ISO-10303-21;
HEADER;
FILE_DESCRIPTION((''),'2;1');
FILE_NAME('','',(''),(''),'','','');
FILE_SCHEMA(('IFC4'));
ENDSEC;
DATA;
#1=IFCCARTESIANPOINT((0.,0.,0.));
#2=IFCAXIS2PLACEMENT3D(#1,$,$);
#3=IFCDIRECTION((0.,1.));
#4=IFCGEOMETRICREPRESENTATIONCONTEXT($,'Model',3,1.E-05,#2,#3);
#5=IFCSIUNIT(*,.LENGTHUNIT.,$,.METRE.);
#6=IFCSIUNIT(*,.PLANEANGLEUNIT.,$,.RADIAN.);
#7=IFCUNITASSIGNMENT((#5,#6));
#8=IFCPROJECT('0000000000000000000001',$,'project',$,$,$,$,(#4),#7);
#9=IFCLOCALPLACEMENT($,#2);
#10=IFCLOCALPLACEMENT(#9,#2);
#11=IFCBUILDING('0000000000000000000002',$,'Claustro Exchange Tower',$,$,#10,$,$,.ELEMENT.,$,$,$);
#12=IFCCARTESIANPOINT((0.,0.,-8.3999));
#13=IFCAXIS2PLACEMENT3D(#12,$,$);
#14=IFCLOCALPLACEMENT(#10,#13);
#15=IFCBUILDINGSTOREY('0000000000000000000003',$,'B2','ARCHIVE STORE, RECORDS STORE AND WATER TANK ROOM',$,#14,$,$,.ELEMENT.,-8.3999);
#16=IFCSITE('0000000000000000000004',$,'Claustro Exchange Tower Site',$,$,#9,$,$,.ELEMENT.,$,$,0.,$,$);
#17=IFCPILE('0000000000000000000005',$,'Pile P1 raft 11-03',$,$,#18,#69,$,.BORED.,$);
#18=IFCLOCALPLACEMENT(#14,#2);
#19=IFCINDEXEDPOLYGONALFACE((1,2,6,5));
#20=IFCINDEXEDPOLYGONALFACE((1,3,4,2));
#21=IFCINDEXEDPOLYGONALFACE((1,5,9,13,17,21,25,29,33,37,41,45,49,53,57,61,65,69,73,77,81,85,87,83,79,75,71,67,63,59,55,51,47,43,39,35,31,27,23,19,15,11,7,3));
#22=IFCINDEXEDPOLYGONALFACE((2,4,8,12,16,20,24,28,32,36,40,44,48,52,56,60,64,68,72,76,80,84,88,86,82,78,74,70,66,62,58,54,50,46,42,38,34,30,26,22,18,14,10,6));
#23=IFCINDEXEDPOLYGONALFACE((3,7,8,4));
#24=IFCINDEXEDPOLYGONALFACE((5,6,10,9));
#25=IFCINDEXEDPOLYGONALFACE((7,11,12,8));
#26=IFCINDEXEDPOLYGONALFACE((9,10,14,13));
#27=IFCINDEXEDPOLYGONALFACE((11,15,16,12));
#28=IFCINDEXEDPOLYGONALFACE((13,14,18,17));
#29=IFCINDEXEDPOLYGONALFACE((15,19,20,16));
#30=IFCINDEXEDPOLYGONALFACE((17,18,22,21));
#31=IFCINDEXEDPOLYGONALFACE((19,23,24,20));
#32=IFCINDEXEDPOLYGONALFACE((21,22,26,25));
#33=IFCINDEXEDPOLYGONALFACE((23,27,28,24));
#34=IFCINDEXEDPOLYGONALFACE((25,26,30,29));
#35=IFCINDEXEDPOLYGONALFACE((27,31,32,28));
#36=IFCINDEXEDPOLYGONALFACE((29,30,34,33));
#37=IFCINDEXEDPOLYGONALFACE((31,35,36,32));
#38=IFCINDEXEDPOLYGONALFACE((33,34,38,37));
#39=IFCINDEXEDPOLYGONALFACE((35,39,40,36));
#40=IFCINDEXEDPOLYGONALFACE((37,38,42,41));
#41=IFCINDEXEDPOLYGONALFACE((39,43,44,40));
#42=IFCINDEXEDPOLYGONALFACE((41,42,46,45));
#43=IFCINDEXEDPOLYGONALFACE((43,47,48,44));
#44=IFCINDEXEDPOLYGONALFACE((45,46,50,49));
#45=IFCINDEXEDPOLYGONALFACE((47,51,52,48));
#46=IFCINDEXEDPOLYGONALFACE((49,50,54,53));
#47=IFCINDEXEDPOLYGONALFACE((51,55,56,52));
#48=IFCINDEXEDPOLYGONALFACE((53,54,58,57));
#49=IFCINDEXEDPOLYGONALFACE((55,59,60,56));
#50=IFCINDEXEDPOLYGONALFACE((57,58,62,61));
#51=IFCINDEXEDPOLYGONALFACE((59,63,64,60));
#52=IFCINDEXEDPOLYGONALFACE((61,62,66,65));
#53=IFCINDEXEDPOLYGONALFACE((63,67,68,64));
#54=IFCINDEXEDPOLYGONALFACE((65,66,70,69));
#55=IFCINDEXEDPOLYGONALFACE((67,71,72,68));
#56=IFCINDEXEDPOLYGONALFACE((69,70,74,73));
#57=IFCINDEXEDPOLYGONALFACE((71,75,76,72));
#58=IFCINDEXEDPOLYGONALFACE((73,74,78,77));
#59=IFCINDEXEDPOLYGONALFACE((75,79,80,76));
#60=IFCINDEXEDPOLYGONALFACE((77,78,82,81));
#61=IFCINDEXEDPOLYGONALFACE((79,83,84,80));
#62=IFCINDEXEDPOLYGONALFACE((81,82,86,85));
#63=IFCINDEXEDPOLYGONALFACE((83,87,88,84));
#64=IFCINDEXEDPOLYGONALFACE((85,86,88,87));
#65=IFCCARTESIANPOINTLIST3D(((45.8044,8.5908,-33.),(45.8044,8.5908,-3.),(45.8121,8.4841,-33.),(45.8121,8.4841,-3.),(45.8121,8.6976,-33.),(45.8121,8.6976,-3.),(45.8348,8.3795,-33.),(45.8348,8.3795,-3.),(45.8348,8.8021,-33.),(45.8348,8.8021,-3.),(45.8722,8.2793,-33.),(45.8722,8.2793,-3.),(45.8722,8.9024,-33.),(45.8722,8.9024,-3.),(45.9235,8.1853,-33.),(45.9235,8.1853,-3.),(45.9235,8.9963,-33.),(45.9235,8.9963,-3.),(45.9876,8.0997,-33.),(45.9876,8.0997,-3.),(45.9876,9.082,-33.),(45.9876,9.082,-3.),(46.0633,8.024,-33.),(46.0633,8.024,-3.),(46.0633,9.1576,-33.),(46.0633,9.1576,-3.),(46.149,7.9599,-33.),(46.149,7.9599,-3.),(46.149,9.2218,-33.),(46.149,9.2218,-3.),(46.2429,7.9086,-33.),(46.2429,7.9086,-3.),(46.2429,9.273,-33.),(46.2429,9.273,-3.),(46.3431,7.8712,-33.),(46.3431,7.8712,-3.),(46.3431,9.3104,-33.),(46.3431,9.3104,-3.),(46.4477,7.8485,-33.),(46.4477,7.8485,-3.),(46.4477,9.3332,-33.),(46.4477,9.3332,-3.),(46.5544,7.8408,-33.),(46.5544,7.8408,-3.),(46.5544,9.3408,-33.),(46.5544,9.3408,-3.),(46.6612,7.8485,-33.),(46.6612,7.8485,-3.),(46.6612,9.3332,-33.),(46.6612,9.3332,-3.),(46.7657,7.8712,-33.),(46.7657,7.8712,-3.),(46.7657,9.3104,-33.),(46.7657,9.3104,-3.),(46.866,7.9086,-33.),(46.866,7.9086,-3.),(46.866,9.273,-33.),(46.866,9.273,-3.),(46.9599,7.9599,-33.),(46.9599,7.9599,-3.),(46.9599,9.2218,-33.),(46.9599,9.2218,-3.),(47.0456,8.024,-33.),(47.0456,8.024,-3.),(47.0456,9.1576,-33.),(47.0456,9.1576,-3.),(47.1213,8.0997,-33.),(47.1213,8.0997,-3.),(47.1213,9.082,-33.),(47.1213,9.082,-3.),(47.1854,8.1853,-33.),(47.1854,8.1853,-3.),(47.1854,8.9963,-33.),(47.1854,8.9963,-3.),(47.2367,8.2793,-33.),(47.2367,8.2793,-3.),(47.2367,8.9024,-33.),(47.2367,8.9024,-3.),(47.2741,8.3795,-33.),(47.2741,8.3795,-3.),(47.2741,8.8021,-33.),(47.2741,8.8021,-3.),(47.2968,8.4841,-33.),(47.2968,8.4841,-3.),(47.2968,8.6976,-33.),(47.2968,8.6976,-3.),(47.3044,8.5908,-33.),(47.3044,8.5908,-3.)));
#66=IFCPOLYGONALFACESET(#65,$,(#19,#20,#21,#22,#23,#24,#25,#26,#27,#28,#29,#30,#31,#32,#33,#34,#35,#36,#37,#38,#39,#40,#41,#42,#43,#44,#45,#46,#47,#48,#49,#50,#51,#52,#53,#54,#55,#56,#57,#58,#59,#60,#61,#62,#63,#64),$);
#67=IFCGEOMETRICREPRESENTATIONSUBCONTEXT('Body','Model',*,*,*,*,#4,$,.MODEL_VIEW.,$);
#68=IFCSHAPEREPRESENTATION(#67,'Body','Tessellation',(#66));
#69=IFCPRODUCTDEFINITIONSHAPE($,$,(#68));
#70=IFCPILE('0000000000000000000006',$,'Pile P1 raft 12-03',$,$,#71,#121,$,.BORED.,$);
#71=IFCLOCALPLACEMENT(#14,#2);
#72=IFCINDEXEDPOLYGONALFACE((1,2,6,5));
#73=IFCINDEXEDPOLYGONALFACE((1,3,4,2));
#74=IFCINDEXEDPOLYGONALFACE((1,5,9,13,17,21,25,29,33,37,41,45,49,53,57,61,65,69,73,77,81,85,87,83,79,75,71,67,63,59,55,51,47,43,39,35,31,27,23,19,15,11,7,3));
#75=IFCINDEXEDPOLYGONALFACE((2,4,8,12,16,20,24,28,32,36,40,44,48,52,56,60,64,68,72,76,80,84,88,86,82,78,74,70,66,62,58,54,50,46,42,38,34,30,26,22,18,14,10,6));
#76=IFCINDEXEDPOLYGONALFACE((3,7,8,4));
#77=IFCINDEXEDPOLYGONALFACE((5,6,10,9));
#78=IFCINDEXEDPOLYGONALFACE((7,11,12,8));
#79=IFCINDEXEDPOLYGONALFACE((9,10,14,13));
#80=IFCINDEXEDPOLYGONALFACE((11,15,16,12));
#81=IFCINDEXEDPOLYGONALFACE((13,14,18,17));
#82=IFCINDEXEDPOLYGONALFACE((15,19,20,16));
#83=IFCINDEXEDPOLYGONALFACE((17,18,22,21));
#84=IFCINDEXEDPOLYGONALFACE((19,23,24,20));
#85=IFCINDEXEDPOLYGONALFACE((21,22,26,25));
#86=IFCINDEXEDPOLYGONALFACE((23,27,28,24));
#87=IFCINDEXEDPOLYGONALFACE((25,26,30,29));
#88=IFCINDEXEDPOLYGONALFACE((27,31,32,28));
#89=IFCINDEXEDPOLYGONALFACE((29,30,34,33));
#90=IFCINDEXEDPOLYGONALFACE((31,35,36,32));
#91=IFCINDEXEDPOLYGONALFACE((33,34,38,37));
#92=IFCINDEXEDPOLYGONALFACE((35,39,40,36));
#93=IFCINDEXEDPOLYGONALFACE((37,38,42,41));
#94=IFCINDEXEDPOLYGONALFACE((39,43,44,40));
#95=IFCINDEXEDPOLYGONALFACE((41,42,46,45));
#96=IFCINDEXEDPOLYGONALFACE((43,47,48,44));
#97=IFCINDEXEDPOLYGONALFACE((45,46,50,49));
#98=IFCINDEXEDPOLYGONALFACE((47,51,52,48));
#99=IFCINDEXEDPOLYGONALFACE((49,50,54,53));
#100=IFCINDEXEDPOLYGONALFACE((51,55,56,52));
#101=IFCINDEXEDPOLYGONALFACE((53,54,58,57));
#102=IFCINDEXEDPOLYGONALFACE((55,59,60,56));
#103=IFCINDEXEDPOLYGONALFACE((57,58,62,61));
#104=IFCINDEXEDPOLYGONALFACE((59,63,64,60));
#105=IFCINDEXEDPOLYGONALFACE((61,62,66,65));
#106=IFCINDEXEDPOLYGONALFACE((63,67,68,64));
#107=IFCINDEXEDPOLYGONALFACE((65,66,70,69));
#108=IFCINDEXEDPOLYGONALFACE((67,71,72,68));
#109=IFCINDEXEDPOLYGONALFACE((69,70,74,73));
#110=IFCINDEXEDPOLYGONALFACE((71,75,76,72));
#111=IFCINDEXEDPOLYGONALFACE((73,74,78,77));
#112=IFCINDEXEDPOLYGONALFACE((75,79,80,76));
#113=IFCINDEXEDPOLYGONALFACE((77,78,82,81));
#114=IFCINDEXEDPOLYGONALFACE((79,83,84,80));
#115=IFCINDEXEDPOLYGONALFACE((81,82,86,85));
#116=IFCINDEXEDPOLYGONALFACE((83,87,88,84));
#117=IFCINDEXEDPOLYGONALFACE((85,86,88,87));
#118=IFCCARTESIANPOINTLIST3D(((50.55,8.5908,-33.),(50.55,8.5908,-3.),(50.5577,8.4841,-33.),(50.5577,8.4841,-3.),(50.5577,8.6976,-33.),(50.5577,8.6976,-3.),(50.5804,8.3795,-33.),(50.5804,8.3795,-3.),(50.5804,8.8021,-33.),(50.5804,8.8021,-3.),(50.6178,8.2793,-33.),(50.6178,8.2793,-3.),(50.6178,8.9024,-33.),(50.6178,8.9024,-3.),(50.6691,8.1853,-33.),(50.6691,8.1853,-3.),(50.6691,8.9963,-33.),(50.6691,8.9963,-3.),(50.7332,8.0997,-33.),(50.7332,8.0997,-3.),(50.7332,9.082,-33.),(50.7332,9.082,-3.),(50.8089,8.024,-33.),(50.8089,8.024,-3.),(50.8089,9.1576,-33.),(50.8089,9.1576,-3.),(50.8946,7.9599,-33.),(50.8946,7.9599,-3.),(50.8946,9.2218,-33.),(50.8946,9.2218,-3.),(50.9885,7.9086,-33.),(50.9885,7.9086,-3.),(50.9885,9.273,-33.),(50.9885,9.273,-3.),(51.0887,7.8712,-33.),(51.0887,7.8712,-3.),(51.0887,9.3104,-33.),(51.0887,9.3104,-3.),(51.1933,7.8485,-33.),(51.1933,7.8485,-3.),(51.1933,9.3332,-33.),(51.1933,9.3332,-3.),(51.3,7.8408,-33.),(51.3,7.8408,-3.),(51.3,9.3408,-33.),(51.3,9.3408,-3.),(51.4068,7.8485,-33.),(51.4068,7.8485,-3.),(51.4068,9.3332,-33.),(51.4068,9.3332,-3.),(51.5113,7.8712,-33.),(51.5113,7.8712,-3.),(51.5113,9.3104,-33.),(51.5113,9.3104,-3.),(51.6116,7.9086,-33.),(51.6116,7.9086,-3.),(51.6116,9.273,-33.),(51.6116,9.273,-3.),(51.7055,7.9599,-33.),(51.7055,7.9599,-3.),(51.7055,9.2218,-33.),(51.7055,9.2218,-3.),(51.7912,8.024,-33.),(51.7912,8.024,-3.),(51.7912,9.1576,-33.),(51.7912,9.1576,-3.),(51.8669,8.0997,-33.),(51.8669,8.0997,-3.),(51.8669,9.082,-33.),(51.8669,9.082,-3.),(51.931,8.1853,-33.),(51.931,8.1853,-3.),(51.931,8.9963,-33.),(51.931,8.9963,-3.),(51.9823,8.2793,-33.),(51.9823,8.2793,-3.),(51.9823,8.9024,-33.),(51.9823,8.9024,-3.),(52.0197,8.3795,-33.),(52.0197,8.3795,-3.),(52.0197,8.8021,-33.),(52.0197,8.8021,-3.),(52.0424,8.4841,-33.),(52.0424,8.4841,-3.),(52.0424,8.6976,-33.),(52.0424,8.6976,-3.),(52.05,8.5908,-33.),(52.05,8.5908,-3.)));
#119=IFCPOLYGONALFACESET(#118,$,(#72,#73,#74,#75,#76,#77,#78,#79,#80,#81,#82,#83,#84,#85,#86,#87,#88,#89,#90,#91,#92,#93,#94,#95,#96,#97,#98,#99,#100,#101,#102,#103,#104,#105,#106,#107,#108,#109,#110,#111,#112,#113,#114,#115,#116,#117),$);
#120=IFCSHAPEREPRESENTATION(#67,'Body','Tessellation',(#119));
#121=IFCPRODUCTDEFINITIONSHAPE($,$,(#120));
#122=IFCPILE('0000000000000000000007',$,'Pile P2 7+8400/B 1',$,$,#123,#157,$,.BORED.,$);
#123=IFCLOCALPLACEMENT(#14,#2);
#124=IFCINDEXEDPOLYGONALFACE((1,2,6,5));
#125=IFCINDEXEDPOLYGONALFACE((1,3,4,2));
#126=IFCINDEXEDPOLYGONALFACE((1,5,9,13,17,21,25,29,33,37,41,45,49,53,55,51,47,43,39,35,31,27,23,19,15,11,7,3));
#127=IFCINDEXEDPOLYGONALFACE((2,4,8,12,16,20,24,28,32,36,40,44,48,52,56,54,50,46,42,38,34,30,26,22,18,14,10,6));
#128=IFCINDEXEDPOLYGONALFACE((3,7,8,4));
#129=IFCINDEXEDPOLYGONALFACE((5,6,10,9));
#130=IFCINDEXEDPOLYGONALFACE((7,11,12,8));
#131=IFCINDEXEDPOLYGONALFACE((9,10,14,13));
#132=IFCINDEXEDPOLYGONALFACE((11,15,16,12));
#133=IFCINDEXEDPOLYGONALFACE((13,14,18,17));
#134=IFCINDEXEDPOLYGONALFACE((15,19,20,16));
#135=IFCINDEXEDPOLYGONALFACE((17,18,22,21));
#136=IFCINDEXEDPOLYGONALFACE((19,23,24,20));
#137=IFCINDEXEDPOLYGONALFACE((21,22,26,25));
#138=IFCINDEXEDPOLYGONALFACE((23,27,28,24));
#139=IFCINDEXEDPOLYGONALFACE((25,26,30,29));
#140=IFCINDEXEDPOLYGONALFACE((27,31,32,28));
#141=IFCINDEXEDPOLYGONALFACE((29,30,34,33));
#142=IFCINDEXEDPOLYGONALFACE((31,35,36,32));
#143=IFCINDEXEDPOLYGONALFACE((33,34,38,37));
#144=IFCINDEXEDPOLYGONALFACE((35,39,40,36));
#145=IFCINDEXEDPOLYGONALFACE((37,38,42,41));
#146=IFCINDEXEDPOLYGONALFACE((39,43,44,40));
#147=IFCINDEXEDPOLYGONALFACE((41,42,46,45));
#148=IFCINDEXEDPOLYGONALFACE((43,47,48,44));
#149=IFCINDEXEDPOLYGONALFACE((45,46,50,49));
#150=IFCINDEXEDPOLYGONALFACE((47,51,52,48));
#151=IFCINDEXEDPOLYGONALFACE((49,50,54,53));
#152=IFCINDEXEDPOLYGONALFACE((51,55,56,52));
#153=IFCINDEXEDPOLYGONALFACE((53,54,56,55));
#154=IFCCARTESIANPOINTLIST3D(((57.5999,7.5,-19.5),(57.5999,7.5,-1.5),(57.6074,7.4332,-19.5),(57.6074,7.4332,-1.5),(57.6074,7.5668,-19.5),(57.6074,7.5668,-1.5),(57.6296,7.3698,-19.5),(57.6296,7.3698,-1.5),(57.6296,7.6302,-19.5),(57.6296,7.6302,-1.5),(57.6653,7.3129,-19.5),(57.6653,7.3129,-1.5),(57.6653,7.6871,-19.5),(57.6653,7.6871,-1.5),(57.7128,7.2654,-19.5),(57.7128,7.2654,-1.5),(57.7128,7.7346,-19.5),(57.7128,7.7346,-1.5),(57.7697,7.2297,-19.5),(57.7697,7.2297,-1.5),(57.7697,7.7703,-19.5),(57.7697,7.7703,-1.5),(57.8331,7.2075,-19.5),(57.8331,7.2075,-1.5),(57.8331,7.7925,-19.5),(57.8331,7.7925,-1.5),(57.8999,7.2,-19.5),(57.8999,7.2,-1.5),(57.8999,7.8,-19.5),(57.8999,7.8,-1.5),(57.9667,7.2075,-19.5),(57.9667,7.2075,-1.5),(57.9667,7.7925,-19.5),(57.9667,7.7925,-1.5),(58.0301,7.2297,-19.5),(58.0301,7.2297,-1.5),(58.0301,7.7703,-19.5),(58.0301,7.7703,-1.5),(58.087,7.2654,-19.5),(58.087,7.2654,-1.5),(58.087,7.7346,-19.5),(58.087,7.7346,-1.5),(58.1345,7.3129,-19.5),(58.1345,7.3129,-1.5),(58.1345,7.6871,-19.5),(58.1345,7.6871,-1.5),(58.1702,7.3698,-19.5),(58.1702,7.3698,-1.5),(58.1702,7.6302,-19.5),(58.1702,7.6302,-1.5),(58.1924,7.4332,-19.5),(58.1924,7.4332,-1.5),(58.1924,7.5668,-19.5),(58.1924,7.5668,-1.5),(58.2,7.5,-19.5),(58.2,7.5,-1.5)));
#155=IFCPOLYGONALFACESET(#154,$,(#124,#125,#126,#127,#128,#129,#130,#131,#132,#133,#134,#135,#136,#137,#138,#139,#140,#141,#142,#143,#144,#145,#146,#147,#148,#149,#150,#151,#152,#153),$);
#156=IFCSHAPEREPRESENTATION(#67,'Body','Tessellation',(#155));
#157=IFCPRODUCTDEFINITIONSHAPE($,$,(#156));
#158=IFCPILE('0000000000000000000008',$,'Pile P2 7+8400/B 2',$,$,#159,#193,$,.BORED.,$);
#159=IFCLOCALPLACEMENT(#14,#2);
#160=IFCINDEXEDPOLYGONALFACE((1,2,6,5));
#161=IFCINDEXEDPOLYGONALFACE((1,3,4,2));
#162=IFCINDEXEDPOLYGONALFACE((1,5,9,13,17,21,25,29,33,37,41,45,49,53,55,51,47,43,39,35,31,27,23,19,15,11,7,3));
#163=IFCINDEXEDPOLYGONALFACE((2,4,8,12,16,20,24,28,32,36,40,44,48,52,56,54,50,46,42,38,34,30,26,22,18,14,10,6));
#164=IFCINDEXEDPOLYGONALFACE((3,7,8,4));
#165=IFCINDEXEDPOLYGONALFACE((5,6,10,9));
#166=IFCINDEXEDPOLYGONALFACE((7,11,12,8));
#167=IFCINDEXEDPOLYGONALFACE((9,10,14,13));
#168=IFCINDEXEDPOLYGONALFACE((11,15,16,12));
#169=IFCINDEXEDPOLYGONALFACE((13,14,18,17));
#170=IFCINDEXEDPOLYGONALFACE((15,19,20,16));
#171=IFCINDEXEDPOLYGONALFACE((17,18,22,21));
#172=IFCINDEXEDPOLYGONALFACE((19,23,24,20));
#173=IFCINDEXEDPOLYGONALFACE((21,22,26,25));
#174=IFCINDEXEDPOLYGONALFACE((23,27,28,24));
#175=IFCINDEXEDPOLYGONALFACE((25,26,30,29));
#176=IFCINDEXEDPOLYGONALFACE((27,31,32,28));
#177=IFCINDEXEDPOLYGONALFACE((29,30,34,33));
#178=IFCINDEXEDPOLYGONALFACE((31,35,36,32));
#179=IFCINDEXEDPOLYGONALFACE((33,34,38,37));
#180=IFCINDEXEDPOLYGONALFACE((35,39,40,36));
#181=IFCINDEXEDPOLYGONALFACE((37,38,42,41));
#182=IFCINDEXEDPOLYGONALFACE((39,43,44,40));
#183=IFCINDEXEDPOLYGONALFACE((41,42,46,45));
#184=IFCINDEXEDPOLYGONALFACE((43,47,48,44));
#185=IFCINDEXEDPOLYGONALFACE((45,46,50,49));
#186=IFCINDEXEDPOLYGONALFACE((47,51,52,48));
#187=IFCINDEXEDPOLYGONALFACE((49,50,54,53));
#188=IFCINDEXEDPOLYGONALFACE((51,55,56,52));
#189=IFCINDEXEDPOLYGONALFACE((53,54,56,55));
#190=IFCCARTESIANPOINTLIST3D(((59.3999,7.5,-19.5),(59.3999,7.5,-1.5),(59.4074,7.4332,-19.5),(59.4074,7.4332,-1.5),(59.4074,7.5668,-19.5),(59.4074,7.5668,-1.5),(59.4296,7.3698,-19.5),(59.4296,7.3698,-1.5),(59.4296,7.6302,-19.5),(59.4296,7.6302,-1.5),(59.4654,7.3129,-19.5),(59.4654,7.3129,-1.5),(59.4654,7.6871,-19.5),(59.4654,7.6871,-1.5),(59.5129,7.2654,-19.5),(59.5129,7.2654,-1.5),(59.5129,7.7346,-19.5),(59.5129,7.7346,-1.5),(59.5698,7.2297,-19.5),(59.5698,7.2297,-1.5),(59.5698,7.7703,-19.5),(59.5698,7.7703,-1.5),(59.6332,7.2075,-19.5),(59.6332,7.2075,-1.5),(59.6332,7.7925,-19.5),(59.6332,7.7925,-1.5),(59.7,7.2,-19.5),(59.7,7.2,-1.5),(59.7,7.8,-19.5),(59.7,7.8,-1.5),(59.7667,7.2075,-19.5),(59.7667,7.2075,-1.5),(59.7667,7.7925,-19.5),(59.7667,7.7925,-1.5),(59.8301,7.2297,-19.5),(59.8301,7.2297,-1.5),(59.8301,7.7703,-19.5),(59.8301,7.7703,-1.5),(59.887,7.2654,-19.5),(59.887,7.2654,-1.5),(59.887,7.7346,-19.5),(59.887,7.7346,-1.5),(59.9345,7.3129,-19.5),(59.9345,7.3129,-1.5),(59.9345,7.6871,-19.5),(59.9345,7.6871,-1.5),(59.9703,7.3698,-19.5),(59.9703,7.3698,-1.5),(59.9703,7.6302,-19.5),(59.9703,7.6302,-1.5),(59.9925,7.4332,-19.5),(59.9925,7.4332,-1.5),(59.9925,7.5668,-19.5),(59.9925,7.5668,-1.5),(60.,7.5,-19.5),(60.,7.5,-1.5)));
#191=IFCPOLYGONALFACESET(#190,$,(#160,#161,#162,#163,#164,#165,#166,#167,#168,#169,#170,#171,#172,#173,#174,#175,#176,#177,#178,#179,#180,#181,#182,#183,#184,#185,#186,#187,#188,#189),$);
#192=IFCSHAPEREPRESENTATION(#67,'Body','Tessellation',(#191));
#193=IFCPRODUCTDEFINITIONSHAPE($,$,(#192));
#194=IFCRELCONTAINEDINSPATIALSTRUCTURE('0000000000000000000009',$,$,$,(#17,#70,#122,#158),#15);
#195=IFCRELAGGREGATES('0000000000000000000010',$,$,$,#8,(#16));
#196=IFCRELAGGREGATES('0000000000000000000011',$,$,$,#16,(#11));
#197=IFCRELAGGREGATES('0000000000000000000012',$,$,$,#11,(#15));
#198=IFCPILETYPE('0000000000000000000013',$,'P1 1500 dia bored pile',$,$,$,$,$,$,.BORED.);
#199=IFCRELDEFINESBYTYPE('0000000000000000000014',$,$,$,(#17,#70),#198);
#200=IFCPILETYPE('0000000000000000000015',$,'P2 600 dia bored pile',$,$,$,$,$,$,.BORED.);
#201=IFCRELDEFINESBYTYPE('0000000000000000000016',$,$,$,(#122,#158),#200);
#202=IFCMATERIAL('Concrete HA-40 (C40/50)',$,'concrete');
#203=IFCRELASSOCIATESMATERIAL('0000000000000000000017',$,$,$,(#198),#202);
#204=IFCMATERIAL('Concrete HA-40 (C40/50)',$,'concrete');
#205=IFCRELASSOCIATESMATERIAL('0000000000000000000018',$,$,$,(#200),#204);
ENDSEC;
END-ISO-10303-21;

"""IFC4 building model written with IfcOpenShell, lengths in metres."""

from ifc_helpers import new_model, si_unit, direction, frame, origin, origin_2d, place, context, subcontext, project, spatial, circle, extrude, material, type_object, element, save


model = new_model("IFC4")

# Units and contexts
model_context = context("Model", 3, precision=1e-05, world=origin(), true_north=direction((0.0, 1.0)))
body_context = subcontext(model_context, "Body", "Model", "MODEL_VIEW")
ifc_project = project(units=[si_unit("LENGTHUNIT", "METRE"), si_unit("PLANEANGLEUNIT", "RADIAN")], contexts=[model_context])

# Site, building, storey
site_placement = place(None, origin())
site = spatial("IfcSite", under=ifc_project, at=site_placement, Name="Claustro Exchange Tower Site", CompositionType="ELEMENT", RefElevation=0.0)
building_placement = place(site_placement, origin())
building = spatial("IfcBuilding", under=site, at=building_placement, Name="Claustro Exchange Tower", CompositionType="ELEMENT")
storey_placement = place(building_placement, frame((0.0, 0.0, -8.3999)))
storey = spatial("IfcBuildingStorey", under=building, at=storey_placement, Name="B2", Description="ARCHIVE STORE, RECORDS STORE AND WATER TANK ROOM", CompositionType="ELEMENT", Elevation=-8.3999)

# Piles
ifc_material_1 = material(Name="Concrete HA-40 (C40/50)", Category="concrete")
pile_type_1 = type_object("IfcPileType", Name="P1 1500 dia bored pile", PredefinedType="BORED", material=ifc_material_1)
for number, where, z_axis, x_axis, name in (
    (1, (46.5544, 8.5908, -3.0), (0.0, 0.0, -1.0), (1.0, 0.0, 0.0), "Pile P1 raft 11-03"),
    (2, (51.3, 8.5908, -3.0), (0.0, 0.0, -1.0), (1.0, 0.0, 0.0), "Pile P1 raft 12-03"),
):
    element("IfcPile", number, at=place(storey_placement, frame(where, z_axis=z_axis, x_axis=x_axis)), inside=storey, type_object=pile_type_1, Name=name, PredefinedType="BORED", context=body_context, shape_type="SweptSolid", body=[
        extrude(circle(Radius=0.75, at=origin_2d()), origin(), (0.0, 0.0, 1.0), 30.0),
    ])
ifc_material_2 = material(Name="Concrete HA-40 (C40/50)", Category="concrete")
pile_type_2 = type_object("IfcPileType", Name="P2 600 dia bored pile", PredefinedType="BORED", material=ifc_material_2)
for number, where, z_axis, x_axis, name in (
    (3, (57.8999, 7.5, -1.5), (0.0, 0.0, -1.0), (1.0, 0.0, 0.0), "Pile P2 7+8400/B 1"),
    (4, (59.7, 7.5, -1.5), (0.0, 0.0, -1.0), (1.0, 0.0, 0.0), "Pile P2 7+8400/B 2"),
):
    element("IfcPile", number, at=place(storey_placement, frame(where, z_axis=z_axis, x_axis=x_axis)), inside=storey, type_object=pile_type_2, Name=name, PredefinedType="BORED", context=body_context, shape_type="SweptSolid", body=[
        extrude(circle(Radius=0.3, at=origin_2d()), origin(), (0.0, 0.0, 1.0), 18.0),
    ])

save(model, "model.ifc")
